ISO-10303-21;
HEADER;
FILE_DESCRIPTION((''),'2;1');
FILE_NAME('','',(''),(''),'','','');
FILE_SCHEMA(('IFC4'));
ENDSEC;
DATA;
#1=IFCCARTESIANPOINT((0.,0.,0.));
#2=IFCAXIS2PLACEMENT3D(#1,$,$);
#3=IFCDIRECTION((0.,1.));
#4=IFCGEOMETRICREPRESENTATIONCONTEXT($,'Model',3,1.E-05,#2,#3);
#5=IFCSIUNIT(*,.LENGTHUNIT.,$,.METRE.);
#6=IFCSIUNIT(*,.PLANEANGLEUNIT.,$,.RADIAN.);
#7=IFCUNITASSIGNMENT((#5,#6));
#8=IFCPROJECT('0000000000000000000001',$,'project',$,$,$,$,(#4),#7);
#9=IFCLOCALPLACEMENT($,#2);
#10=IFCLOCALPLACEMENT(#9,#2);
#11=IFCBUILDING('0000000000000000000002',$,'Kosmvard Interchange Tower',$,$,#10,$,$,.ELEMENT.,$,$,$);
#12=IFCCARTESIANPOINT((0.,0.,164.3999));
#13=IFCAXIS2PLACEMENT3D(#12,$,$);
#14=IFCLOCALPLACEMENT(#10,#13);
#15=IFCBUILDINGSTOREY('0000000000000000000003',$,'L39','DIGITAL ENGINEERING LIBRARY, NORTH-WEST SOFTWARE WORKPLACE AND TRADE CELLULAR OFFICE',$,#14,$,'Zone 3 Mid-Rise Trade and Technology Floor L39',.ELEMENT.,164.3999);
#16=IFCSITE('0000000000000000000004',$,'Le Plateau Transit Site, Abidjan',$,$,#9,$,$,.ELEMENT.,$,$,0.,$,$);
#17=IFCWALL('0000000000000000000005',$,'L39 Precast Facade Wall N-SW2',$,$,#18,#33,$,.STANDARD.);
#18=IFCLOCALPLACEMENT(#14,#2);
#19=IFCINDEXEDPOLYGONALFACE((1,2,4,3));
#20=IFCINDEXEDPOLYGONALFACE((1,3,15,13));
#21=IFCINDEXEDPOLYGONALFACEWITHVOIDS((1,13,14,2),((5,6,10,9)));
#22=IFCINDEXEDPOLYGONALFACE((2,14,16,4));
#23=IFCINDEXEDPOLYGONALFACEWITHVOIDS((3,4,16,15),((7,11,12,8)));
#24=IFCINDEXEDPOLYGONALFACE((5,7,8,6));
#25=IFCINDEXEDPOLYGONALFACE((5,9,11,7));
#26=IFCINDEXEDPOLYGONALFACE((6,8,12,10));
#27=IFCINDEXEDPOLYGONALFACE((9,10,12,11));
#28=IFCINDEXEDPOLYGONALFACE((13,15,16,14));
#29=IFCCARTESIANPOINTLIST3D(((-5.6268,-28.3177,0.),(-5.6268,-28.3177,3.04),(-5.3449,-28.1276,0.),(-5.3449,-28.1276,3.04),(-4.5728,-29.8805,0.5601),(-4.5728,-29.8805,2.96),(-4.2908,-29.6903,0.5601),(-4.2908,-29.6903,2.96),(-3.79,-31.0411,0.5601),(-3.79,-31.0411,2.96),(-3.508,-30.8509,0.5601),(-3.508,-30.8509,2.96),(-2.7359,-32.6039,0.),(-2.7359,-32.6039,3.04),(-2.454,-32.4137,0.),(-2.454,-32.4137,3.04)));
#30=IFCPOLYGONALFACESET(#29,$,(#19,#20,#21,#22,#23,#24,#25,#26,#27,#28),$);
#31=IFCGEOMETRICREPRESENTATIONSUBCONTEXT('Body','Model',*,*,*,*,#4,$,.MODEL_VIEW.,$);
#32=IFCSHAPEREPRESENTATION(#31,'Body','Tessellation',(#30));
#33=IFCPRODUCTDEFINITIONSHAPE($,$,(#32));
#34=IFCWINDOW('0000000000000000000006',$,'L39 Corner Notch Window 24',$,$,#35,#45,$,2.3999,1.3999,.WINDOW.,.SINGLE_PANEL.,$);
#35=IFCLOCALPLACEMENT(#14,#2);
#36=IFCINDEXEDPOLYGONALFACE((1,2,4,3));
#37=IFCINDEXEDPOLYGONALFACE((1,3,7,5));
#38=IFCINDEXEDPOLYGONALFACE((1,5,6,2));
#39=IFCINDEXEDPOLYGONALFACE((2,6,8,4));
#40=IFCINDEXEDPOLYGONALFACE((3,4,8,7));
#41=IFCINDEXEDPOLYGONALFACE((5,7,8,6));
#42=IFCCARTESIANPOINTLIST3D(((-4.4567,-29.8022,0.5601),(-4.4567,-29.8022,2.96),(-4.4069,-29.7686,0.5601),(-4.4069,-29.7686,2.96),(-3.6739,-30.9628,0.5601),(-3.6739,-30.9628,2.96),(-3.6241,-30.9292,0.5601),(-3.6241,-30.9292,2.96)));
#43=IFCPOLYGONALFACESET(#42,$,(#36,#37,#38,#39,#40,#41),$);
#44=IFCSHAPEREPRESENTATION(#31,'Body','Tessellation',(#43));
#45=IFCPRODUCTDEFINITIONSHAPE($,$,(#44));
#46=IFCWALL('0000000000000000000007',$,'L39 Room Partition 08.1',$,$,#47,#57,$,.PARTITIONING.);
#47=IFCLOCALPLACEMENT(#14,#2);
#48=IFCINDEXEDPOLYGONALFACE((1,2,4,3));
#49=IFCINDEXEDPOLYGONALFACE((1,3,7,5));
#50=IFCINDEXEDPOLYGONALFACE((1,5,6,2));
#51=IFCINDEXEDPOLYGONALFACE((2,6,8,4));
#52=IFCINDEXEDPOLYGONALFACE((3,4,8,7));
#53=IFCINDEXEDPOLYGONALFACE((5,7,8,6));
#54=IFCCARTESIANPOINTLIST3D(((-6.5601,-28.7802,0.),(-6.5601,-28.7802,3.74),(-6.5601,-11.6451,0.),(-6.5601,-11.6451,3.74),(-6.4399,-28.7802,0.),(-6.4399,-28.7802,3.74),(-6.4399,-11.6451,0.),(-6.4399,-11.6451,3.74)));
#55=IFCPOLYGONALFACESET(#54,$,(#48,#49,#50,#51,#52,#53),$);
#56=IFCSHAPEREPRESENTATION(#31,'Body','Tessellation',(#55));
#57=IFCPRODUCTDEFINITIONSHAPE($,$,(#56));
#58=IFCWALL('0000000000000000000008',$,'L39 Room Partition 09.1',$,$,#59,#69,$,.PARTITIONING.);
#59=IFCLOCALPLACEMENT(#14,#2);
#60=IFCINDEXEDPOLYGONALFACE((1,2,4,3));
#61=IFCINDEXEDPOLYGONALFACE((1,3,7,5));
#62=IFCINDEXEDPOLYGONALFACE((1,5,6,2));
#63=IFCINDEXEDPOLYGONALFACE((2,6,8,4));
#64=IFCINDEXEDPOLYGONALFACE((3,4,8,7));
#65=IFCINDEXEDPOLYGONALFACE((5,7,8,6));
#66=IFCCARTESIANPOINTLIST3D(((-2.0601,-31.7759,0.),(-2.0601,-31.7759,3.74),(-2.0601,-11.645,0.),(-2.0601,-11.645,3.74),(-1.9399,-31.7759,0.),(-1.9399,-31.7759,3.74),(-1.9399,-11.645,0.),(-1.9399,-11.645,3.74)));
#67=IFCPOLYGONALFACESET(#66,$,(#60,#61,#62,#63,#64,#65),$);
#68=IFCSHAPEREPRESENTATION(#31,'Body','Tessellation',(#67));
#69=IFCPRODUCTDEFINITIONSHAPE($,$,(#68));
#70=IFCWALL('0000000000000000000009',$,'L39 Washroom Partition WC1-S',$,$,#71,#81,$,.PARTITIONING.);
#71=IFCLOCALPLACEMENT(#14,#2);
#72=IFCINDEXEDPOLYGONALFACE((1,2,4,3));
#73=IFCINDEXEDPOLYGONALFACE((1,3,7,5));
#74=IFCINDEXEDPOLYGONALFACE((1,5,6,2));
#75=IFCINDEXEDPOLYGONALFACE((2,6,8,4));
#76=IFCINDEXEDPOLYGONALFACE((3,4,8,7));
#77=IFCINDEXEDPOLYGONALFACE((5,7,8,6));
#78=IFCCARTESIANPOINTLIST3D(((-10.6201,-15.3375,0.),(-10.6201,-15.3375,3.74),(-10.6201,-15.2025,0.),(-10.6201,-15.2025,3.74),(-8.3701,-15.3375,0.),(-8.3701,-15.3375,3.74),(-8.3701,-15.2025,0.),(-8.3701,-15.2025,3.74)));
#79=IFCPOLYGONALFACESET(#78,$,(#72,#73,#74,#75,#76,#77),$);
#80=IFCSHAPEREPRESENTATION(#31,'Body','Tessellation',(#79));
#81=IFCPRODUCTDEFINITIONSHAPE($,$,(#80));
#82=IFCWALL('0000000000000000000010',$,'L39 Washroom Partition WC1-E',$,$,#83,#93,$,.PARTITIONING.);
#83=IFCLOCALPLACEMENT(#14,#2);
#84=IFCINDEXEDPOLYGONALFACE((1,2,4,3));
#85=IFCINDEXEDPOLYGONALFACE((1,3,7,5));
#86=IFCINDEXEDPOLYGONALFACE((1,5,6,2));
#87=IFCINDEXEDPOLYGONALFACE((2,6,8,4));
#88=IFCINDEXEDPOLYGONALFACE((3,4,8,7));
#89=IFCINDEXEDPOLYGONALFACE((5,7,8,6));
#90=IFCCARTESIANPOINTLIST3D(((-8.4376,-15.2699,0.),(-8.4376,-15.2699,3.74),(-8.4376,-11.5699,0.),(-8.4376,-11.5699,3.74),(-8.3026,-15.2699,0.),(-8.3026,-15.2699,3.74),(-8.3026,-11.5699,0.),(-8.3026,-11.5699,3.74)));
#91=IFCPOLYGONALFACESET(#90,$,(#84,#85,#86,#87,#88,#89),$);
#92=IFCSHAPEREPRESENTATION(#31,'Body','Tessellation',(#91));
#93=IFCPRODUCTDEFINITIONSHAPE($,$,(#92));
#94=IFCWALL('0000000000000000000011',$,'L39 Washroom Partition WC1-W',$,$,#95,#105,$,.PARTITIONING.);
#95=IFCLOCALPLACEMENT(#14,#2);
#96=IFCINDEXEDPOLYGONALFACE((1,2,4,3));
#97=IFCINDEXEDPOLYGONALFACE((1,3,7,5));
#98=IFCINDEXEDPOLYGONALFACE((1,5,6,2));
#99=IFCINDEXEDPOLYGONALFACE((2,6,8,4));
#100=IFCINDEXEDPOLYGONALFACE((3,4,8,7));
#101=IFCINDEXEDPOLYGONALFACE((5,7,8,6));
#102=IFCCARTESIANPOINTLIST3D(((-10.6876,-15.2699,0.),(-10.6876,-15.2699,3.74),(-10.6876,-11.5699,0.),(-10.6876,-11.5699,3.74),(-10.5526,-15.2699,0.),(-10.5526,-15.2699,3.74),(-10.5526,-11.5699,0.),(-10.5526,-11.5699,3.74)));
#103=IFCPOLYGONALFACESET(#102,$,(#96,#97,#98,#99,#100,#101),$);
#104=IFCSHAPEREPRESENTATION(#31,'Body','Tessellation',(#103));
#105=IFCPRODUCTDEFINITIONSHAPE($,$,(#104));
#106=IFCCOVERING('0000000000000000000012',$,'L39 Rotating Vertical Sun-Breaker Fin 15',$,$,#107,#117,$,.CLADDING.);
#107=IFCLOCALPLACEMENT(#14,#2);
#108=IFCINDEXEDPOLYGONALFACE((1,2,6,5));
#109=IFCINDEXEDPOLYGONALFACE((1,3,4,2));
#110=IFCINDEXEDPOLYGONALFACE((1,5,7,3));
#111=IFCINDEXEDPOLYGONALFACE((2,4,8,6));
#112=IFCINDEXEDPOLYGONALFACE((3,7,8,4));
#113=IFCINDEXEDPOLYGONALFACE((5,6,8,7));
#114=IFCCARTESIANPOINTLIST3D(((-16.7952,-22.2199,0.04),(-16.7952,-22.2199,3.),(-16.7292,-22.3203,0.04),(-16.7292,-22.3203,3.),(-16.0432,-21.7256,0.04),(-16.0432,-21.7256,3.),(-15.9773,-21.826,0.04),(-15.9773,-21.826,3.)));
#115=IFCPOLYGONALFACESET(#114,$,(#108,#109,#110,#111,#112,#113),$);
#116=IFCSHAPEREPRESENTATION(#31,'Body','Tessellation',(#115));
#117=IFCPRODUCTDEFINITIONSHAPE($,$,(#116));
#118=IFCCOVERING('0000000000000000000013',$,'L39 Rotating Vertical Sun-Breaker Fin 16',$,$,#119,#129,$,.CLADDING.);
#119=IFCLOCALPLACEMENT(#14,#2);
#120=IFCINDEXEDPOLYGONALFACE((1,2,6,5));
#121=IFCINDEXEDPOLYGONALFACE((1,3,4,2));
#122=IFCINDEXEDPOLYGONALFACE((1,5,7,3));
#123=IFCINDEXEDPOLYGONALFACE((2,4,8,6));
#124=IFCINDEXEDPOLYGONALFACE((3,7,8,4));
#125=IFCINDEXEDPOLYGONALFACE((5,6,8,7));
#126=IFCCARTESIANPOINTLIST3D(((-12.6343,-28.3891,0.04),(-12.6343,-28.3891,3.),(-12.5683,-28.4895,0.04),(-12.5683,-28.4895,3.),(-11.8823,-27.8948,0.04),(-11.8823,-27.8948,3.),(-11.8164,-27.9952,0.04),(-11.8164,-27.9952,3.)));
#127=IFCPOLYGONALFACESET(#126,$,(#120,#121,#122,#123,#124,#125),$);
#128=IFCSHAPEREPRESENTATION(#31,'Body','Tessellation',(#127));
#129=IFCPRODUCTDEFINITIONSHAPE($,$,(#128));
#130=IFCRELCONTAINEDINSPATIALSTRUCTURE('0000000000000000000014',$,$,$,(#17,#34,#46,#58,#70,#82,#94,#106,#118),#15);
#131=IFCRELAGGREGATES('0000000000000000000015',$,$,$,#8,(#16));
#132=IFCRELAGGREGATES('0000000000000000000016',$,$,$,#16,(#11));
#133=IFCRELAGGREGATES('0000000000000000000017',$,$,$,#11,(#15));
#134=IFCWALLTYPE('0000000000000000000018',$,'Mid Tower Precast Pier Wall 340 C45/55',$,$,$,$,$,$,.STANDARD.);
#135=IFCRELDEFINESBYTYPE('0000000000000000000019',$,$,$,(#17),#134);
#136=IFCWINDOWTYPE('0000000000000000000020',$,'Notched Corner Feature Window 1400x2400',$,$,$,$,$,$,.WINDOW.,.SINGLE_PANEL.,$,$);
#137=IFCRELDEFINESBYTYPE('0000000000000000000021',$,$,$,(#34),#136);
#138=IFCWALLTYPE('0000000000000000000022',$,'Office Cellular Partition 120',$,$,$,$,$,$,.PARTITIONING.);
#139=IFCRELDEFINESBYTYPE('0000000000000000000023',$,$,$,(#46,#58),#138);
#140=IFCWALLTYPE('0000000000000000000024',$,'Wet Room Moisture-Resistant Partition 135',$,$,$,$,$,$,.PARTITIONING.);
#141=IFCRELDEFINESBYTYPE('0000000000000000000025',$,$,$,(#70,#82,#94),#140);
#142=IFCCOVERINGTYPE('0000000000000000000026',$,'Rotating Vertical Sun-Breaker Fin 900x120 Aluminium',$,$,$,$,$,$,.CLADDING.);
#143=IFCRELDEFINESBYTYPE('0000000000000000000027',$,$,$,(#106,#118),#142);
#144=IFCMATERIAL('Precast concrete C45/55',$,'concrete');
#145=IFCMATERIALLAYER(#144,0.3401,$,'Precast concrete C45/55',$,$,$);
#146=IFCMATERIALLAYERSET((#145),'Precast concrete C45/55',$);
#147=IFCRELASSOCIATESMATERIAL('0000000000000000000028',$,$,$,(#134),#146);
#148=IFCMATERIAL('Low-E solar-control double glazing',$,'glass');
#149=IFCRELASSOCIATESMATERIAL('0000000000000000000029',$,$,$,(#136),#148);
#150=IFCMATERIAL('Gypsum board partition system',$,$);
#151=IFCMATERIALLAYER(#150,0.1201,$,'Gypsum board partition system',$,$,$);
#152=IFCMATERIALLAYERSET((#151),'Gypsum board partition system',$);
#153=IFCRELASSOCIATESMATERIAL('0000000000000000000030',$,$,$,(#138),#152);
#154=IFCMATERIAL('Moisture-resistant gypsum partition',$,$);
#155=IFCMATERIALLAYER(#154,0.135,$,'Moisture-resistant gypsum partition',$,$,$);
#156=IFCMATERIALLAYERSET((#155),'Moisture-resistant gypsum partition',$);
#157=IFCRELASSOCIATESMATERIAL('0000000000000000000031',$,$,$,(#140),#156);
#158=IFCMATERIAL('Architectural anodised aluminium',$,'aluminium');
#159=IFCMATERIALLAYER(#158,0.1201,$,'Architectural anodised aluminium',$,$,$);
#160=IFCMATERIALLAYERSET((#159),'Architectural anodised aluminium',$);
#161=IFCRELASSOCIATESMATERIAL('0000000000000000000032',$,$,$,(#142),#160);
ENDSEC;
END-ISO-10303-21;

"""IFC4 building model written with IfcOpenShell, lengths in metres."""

from ifc_helpers import new_model, si_unit, direction, frame, frame_2d, origin, origin_2d, place, context, subcontext, project, spatial, rectangle, extrude, source, transform, mapped, material, layer, layer_set, type_object, element, fill, save


model = new_model("IFC4")

# Units and contexts
model_context = context("Model", 3, precision=1e-05, world=origin(), true_north=direction((0.0, 1.0)))
body_context = subcontext(model_context, "Body", "Model", "MODEL_VIEW")
ifc_project = project(units=[si_unit("LENGTHUNIT", "METRE"), si_unit("PLANEANGLEUNIT", "RADIAN")], contexts=[model_context])

# Site, building, storey
site_placement = place(None, origin())
site = spatial("IfcSite", under=ifc_project, at=site_placement, Name="Le Plateau Transit Site, Abidjan", CompositionType="ELEMENT", RefElevation=0.0)
building_placement = place(site_placement, origin())
building = spatial("IfcBuilding", under=site, at=building_placement, Name="Kosmvard Interchange Tower", CompositionType="ELEMENT")
storey_placement = place(building_placement, frame((0.0, 0.0, 164.3999)))
storey = spatial("IfcBuildingStorey", under=building, at=storey_placement, Name="L39", Description="DIGITAL ENGINEERING LIBRARY, NORTH-WEST SOFTWARE WORKPLACE AND TRADE CELLULAR OFFICE", LongName="Zone 3 Mid-Rise Trade and Technology Floor L39", CompositionType="ELEMENT", Elevation=164.3999)

# Shared definitions
ifc_material_1 = material(Name="Precast concrete C45/55", Category="concrete")

# Shared definitions
ifc_layer_1 = layer(ifc_material_1, 0.3401, Name="Precast concrete C45/55")
ifc_layer_set_1 = layer_set([ifc_layer_1], Name="Precast concrete C45/55")
wall_type_1 = type_object("IfcWallType", Name="Mid Tower Precast Pier Wall 340 C45/55", PredefinedType="STANDARD", material=ifc_layer_set_1)
ifc_material_2 = material(Name="Low-E solar-control double glazing", Category="glass")
window_type_1 = type_object("IfcWindowType", Name="Notched Corner Feature Window 1400x2400", PartitioningType="SINGLE_PANEL", PredefinedType="WINDOW", material=ifc_material_2)
shared_shape_1 = source(origin(), body_context, "Body", "SweptSolid", [
    extrude(rectangle(XDim=1.3999, YDim=2.3999, at=frame_2d((0.7, 1.2))), frame((0.0, 0.03, 0.0), z_axis=(0.0, -1.0, 0.0), x_axis=(1.0, 0.0, 0.0)), (0.0, 0.0, 1.0), 0.0601),
])

# Wall, opening, window
wall_1_placement = place(storey_placement, frame((-5.4858, -28.2227, 0.0), z_axis=(0.0, 0.0, 1.0), x_axis=(0.559171, -0.829052, 0.0)))
wall_1 = element("IfcWall", 1, at=wall_1_placement, inside=storey, type_object=wall_type_1, Name="L39 Precast Facade Wall N-SW2", PredefinedType="STANDARD", context=body_context, shape_type="SweptSolid", body=[
    extrude(rectangle(XDim=5.1699, YDim=0.3401, at=frame_2d((2.585, 0.0))), origin(), (0.0, 0.0, 1.0), 3.04),
])
opening_1_placement = place(wall_1_placement, frame((1.885, 0.0, 0.5601)))
opening_1 = element("IfcOpeningElement", 2, at=opening_1_placement, cuts=wall_1, PredefinedType="OPENING", context=body_context, shape_type="SweptSolid", body=[
    extrude(rectangle(XDim=1.3999, YDim=2.3999, at=frame_2d((0.7, 1.2))), frame((0.0, 0.1802, 0.0), z_axis=(0.0, -1.0, 0.0), x_axis=(1.0, 0.0, 0.0)), (0.0, 0.0, 1.0), 0.3601),
])
window_1_placement = place(opening_1_placement, origin())
window_1 = element("IfcWindow", 3, at=window_1_placement, inside=storey, type_object=window_type_1, Name="L39 Corner Notch Window 24", OverallHeight=2.3999, OverallWidth=1.3999, PartitioningType="SINGLE_PANEL", PredefinedType="WINDOW", context=body_context, shape_type="MappedRepresentation", body=[
    mapped(shared_shape_1, transform((0.0, 0.0, 0.0), scale=1.0)),
])
fill(opening_1, window_1)

# Walls
ifc_material_3 = material(Name="Gypsum board partition system")
ifc_layer_2 = layer(ifc_material_3, 0.1201, Name="Gypsum board partition system")
ifc_layer_set_2 = layer_set([ifc_layer_2], Name="Gypsum board partition system")
wall_type_2 = type_object("IfcWallType", Name="Office Cellular Partition 120", PredefinedType="PARTITIONING", material=ifc_layer_set_2)
wall_2_placement = place(storey_placement, frame((-6.5, -28.78, 0.0), z_axis=(0.0, 0.0, 1.0), x_axis=(0.0, 1.0, 0.0)))
element("IfcWall", 4, at=wall_2_placement, inside=storey, type_object=wall_type_2, Name="L39 Room Partition 08.1", PredefinedType="PARTITIONING", context=body_context, shape_type="SweptSolid", body=[
    extrude(rectangle(XDim=17.135, YDim=0.1201, at=frame_2d((8.5674, 0.0))), origin(), (0.0, 0.0, 1.0), 3.74),
])
wall_3_placement = place(storey_placement, frame((-2.0, -31.7759, 0.0), z_axis=(0.0, 0.0, 1.0), x_axis=(0.0, 1.0, 0.0)))
element("IfcWall", 5, at=wall_3_placement, inside=storey, type_object=wall_type_2, Name="L39 Room Partition 09.1", PredefinedType="PARTITIONING", context=body_context, shape_type="SweptSolid", body=[
    extrude(rectangle(XDim=20.1309, YDim=0.1201, at=frame_2d((10.0654, 0.0))), origin(), (0.0, 0.0, 1.0), 3.74),
])
ifc_material_4 = material(Name="Moisture-resistant gypsum partition")
ifc_layer_3 = layer(ifc_material_4, 0.135, Name="Moisture-resistant gypsum partition")
ifc_layer_set_3 = layer_set([ifc_layer_3], Name="Moisture-resistant gypsum partition")
wall_type_3 = type_object("IfcWallType", Name="Wet Room Moisture-Resistant Partition 135", PredefinedType="PARTITIONING", material=ifc_layer_set_3)
wall_4_placement = place(storey_placement, frame((-10.6201, -15.27, 0.0), z_axis=(0.0, 0.0, 1.0), x_axis=(1.0, 0.0, 0.0)))
element("IfcWall", 6, at=wall_4_placement, inside=storey, type_object=wall_type_3, Name="L39 Washroom Partition WC1-S", PredefinedType="PARTITIONING", context=body_context, shape_type="SweptSolid", body=[
    extrude(rectangle(XDim=2.25, YDim=0.135, at=frame_2d((1.125, 0.0))), origin(), (0.0, 0.0, 1.0), 3.74),
])
for number, where, z_axis, x_axis, name in (
    (7, (-8.3701, -15.27, 0.0), (0.0, 0.0, 1.0), (0.0, 1.0, 0.0), "L39 Washroom Partition WC1-E"),
    (8, (-10.6201, -15.27, 0.0), (0.0, 0.0, 1.0), (0.0, 1.0, 0.0), "L39 Washroom Partition WC1-W"),
):
    element("IfcWall", number, at=place(storey_placement, frame(where, z_axis=z_axis, x_axis=x_axis)), inside=storey, type_object=wall_type_3, Name=name, PredefinedType="PARTITIONING", context=body_context, shape_type="SweptSolid", body=[
        extrude(rectangle(XDim=3.7, YDim=0.135, at=frame_2d((1.8501, 0.0))), origin(), (0.0, 0.0, 1.0), 3.74),
    ])

# Coverings
ifc_material_5 = material(Name="Architectural anodised aluminium", Category="aluminium")
ifc_layer_4 = layer(ifc_material_5, 0.1201, Name="Architectural anodised aluminium")
ifc_layer_set_4 = layer_set([ifc_layer_4], Name="Architectural anodised aluminium")
covering_type = type_object("IfcCoveringType", Name="Rotating Vertical Sun-Breaker Fin 900x120 Aluminium", PredefinedType="CLADDING", material=ifc_layer_set_4)
shared_shape_2 = source(origin(), body_context, "Body", "SweptSolid", [
    extrude(rectangle(XDim=0.8999, YDim=0.1201, at=origin_2d()), origin(), (0.0, 0.0, 1.0), 2.96),
])
for number, where, z_axis, x_axis, name in (
    (9, (-16.3862, -22.0229, 0.04), (0.0, 0.0, 1.0), (-0.835616, -0.549315, 0.0), "L39 Rotating Vertical Sun-Breaker Fin 15"),
    (10, (-12.2253, -28.1921, 0.04), (0.0, 0.0, 1.0), (-0.835616, -0.549315, 0.0), "L39 Rotating Vertical Sun-Breaker Fin 16"),
):
    element("IfcCovering", number, at=place(storey_placement, frame(where, z_axis=z_axis, x_axis=x_axis)), inside=storey, type_object=covering_type, Name=name, PredefinedType="CLADDING", context=body_context, shape_type="MappedRepresentation", body=[
        mapped(shared_shape_2, transform((0.0, 0.0, 0.0), scale=1.0)),
    ])

save(model, "model.ifc")
